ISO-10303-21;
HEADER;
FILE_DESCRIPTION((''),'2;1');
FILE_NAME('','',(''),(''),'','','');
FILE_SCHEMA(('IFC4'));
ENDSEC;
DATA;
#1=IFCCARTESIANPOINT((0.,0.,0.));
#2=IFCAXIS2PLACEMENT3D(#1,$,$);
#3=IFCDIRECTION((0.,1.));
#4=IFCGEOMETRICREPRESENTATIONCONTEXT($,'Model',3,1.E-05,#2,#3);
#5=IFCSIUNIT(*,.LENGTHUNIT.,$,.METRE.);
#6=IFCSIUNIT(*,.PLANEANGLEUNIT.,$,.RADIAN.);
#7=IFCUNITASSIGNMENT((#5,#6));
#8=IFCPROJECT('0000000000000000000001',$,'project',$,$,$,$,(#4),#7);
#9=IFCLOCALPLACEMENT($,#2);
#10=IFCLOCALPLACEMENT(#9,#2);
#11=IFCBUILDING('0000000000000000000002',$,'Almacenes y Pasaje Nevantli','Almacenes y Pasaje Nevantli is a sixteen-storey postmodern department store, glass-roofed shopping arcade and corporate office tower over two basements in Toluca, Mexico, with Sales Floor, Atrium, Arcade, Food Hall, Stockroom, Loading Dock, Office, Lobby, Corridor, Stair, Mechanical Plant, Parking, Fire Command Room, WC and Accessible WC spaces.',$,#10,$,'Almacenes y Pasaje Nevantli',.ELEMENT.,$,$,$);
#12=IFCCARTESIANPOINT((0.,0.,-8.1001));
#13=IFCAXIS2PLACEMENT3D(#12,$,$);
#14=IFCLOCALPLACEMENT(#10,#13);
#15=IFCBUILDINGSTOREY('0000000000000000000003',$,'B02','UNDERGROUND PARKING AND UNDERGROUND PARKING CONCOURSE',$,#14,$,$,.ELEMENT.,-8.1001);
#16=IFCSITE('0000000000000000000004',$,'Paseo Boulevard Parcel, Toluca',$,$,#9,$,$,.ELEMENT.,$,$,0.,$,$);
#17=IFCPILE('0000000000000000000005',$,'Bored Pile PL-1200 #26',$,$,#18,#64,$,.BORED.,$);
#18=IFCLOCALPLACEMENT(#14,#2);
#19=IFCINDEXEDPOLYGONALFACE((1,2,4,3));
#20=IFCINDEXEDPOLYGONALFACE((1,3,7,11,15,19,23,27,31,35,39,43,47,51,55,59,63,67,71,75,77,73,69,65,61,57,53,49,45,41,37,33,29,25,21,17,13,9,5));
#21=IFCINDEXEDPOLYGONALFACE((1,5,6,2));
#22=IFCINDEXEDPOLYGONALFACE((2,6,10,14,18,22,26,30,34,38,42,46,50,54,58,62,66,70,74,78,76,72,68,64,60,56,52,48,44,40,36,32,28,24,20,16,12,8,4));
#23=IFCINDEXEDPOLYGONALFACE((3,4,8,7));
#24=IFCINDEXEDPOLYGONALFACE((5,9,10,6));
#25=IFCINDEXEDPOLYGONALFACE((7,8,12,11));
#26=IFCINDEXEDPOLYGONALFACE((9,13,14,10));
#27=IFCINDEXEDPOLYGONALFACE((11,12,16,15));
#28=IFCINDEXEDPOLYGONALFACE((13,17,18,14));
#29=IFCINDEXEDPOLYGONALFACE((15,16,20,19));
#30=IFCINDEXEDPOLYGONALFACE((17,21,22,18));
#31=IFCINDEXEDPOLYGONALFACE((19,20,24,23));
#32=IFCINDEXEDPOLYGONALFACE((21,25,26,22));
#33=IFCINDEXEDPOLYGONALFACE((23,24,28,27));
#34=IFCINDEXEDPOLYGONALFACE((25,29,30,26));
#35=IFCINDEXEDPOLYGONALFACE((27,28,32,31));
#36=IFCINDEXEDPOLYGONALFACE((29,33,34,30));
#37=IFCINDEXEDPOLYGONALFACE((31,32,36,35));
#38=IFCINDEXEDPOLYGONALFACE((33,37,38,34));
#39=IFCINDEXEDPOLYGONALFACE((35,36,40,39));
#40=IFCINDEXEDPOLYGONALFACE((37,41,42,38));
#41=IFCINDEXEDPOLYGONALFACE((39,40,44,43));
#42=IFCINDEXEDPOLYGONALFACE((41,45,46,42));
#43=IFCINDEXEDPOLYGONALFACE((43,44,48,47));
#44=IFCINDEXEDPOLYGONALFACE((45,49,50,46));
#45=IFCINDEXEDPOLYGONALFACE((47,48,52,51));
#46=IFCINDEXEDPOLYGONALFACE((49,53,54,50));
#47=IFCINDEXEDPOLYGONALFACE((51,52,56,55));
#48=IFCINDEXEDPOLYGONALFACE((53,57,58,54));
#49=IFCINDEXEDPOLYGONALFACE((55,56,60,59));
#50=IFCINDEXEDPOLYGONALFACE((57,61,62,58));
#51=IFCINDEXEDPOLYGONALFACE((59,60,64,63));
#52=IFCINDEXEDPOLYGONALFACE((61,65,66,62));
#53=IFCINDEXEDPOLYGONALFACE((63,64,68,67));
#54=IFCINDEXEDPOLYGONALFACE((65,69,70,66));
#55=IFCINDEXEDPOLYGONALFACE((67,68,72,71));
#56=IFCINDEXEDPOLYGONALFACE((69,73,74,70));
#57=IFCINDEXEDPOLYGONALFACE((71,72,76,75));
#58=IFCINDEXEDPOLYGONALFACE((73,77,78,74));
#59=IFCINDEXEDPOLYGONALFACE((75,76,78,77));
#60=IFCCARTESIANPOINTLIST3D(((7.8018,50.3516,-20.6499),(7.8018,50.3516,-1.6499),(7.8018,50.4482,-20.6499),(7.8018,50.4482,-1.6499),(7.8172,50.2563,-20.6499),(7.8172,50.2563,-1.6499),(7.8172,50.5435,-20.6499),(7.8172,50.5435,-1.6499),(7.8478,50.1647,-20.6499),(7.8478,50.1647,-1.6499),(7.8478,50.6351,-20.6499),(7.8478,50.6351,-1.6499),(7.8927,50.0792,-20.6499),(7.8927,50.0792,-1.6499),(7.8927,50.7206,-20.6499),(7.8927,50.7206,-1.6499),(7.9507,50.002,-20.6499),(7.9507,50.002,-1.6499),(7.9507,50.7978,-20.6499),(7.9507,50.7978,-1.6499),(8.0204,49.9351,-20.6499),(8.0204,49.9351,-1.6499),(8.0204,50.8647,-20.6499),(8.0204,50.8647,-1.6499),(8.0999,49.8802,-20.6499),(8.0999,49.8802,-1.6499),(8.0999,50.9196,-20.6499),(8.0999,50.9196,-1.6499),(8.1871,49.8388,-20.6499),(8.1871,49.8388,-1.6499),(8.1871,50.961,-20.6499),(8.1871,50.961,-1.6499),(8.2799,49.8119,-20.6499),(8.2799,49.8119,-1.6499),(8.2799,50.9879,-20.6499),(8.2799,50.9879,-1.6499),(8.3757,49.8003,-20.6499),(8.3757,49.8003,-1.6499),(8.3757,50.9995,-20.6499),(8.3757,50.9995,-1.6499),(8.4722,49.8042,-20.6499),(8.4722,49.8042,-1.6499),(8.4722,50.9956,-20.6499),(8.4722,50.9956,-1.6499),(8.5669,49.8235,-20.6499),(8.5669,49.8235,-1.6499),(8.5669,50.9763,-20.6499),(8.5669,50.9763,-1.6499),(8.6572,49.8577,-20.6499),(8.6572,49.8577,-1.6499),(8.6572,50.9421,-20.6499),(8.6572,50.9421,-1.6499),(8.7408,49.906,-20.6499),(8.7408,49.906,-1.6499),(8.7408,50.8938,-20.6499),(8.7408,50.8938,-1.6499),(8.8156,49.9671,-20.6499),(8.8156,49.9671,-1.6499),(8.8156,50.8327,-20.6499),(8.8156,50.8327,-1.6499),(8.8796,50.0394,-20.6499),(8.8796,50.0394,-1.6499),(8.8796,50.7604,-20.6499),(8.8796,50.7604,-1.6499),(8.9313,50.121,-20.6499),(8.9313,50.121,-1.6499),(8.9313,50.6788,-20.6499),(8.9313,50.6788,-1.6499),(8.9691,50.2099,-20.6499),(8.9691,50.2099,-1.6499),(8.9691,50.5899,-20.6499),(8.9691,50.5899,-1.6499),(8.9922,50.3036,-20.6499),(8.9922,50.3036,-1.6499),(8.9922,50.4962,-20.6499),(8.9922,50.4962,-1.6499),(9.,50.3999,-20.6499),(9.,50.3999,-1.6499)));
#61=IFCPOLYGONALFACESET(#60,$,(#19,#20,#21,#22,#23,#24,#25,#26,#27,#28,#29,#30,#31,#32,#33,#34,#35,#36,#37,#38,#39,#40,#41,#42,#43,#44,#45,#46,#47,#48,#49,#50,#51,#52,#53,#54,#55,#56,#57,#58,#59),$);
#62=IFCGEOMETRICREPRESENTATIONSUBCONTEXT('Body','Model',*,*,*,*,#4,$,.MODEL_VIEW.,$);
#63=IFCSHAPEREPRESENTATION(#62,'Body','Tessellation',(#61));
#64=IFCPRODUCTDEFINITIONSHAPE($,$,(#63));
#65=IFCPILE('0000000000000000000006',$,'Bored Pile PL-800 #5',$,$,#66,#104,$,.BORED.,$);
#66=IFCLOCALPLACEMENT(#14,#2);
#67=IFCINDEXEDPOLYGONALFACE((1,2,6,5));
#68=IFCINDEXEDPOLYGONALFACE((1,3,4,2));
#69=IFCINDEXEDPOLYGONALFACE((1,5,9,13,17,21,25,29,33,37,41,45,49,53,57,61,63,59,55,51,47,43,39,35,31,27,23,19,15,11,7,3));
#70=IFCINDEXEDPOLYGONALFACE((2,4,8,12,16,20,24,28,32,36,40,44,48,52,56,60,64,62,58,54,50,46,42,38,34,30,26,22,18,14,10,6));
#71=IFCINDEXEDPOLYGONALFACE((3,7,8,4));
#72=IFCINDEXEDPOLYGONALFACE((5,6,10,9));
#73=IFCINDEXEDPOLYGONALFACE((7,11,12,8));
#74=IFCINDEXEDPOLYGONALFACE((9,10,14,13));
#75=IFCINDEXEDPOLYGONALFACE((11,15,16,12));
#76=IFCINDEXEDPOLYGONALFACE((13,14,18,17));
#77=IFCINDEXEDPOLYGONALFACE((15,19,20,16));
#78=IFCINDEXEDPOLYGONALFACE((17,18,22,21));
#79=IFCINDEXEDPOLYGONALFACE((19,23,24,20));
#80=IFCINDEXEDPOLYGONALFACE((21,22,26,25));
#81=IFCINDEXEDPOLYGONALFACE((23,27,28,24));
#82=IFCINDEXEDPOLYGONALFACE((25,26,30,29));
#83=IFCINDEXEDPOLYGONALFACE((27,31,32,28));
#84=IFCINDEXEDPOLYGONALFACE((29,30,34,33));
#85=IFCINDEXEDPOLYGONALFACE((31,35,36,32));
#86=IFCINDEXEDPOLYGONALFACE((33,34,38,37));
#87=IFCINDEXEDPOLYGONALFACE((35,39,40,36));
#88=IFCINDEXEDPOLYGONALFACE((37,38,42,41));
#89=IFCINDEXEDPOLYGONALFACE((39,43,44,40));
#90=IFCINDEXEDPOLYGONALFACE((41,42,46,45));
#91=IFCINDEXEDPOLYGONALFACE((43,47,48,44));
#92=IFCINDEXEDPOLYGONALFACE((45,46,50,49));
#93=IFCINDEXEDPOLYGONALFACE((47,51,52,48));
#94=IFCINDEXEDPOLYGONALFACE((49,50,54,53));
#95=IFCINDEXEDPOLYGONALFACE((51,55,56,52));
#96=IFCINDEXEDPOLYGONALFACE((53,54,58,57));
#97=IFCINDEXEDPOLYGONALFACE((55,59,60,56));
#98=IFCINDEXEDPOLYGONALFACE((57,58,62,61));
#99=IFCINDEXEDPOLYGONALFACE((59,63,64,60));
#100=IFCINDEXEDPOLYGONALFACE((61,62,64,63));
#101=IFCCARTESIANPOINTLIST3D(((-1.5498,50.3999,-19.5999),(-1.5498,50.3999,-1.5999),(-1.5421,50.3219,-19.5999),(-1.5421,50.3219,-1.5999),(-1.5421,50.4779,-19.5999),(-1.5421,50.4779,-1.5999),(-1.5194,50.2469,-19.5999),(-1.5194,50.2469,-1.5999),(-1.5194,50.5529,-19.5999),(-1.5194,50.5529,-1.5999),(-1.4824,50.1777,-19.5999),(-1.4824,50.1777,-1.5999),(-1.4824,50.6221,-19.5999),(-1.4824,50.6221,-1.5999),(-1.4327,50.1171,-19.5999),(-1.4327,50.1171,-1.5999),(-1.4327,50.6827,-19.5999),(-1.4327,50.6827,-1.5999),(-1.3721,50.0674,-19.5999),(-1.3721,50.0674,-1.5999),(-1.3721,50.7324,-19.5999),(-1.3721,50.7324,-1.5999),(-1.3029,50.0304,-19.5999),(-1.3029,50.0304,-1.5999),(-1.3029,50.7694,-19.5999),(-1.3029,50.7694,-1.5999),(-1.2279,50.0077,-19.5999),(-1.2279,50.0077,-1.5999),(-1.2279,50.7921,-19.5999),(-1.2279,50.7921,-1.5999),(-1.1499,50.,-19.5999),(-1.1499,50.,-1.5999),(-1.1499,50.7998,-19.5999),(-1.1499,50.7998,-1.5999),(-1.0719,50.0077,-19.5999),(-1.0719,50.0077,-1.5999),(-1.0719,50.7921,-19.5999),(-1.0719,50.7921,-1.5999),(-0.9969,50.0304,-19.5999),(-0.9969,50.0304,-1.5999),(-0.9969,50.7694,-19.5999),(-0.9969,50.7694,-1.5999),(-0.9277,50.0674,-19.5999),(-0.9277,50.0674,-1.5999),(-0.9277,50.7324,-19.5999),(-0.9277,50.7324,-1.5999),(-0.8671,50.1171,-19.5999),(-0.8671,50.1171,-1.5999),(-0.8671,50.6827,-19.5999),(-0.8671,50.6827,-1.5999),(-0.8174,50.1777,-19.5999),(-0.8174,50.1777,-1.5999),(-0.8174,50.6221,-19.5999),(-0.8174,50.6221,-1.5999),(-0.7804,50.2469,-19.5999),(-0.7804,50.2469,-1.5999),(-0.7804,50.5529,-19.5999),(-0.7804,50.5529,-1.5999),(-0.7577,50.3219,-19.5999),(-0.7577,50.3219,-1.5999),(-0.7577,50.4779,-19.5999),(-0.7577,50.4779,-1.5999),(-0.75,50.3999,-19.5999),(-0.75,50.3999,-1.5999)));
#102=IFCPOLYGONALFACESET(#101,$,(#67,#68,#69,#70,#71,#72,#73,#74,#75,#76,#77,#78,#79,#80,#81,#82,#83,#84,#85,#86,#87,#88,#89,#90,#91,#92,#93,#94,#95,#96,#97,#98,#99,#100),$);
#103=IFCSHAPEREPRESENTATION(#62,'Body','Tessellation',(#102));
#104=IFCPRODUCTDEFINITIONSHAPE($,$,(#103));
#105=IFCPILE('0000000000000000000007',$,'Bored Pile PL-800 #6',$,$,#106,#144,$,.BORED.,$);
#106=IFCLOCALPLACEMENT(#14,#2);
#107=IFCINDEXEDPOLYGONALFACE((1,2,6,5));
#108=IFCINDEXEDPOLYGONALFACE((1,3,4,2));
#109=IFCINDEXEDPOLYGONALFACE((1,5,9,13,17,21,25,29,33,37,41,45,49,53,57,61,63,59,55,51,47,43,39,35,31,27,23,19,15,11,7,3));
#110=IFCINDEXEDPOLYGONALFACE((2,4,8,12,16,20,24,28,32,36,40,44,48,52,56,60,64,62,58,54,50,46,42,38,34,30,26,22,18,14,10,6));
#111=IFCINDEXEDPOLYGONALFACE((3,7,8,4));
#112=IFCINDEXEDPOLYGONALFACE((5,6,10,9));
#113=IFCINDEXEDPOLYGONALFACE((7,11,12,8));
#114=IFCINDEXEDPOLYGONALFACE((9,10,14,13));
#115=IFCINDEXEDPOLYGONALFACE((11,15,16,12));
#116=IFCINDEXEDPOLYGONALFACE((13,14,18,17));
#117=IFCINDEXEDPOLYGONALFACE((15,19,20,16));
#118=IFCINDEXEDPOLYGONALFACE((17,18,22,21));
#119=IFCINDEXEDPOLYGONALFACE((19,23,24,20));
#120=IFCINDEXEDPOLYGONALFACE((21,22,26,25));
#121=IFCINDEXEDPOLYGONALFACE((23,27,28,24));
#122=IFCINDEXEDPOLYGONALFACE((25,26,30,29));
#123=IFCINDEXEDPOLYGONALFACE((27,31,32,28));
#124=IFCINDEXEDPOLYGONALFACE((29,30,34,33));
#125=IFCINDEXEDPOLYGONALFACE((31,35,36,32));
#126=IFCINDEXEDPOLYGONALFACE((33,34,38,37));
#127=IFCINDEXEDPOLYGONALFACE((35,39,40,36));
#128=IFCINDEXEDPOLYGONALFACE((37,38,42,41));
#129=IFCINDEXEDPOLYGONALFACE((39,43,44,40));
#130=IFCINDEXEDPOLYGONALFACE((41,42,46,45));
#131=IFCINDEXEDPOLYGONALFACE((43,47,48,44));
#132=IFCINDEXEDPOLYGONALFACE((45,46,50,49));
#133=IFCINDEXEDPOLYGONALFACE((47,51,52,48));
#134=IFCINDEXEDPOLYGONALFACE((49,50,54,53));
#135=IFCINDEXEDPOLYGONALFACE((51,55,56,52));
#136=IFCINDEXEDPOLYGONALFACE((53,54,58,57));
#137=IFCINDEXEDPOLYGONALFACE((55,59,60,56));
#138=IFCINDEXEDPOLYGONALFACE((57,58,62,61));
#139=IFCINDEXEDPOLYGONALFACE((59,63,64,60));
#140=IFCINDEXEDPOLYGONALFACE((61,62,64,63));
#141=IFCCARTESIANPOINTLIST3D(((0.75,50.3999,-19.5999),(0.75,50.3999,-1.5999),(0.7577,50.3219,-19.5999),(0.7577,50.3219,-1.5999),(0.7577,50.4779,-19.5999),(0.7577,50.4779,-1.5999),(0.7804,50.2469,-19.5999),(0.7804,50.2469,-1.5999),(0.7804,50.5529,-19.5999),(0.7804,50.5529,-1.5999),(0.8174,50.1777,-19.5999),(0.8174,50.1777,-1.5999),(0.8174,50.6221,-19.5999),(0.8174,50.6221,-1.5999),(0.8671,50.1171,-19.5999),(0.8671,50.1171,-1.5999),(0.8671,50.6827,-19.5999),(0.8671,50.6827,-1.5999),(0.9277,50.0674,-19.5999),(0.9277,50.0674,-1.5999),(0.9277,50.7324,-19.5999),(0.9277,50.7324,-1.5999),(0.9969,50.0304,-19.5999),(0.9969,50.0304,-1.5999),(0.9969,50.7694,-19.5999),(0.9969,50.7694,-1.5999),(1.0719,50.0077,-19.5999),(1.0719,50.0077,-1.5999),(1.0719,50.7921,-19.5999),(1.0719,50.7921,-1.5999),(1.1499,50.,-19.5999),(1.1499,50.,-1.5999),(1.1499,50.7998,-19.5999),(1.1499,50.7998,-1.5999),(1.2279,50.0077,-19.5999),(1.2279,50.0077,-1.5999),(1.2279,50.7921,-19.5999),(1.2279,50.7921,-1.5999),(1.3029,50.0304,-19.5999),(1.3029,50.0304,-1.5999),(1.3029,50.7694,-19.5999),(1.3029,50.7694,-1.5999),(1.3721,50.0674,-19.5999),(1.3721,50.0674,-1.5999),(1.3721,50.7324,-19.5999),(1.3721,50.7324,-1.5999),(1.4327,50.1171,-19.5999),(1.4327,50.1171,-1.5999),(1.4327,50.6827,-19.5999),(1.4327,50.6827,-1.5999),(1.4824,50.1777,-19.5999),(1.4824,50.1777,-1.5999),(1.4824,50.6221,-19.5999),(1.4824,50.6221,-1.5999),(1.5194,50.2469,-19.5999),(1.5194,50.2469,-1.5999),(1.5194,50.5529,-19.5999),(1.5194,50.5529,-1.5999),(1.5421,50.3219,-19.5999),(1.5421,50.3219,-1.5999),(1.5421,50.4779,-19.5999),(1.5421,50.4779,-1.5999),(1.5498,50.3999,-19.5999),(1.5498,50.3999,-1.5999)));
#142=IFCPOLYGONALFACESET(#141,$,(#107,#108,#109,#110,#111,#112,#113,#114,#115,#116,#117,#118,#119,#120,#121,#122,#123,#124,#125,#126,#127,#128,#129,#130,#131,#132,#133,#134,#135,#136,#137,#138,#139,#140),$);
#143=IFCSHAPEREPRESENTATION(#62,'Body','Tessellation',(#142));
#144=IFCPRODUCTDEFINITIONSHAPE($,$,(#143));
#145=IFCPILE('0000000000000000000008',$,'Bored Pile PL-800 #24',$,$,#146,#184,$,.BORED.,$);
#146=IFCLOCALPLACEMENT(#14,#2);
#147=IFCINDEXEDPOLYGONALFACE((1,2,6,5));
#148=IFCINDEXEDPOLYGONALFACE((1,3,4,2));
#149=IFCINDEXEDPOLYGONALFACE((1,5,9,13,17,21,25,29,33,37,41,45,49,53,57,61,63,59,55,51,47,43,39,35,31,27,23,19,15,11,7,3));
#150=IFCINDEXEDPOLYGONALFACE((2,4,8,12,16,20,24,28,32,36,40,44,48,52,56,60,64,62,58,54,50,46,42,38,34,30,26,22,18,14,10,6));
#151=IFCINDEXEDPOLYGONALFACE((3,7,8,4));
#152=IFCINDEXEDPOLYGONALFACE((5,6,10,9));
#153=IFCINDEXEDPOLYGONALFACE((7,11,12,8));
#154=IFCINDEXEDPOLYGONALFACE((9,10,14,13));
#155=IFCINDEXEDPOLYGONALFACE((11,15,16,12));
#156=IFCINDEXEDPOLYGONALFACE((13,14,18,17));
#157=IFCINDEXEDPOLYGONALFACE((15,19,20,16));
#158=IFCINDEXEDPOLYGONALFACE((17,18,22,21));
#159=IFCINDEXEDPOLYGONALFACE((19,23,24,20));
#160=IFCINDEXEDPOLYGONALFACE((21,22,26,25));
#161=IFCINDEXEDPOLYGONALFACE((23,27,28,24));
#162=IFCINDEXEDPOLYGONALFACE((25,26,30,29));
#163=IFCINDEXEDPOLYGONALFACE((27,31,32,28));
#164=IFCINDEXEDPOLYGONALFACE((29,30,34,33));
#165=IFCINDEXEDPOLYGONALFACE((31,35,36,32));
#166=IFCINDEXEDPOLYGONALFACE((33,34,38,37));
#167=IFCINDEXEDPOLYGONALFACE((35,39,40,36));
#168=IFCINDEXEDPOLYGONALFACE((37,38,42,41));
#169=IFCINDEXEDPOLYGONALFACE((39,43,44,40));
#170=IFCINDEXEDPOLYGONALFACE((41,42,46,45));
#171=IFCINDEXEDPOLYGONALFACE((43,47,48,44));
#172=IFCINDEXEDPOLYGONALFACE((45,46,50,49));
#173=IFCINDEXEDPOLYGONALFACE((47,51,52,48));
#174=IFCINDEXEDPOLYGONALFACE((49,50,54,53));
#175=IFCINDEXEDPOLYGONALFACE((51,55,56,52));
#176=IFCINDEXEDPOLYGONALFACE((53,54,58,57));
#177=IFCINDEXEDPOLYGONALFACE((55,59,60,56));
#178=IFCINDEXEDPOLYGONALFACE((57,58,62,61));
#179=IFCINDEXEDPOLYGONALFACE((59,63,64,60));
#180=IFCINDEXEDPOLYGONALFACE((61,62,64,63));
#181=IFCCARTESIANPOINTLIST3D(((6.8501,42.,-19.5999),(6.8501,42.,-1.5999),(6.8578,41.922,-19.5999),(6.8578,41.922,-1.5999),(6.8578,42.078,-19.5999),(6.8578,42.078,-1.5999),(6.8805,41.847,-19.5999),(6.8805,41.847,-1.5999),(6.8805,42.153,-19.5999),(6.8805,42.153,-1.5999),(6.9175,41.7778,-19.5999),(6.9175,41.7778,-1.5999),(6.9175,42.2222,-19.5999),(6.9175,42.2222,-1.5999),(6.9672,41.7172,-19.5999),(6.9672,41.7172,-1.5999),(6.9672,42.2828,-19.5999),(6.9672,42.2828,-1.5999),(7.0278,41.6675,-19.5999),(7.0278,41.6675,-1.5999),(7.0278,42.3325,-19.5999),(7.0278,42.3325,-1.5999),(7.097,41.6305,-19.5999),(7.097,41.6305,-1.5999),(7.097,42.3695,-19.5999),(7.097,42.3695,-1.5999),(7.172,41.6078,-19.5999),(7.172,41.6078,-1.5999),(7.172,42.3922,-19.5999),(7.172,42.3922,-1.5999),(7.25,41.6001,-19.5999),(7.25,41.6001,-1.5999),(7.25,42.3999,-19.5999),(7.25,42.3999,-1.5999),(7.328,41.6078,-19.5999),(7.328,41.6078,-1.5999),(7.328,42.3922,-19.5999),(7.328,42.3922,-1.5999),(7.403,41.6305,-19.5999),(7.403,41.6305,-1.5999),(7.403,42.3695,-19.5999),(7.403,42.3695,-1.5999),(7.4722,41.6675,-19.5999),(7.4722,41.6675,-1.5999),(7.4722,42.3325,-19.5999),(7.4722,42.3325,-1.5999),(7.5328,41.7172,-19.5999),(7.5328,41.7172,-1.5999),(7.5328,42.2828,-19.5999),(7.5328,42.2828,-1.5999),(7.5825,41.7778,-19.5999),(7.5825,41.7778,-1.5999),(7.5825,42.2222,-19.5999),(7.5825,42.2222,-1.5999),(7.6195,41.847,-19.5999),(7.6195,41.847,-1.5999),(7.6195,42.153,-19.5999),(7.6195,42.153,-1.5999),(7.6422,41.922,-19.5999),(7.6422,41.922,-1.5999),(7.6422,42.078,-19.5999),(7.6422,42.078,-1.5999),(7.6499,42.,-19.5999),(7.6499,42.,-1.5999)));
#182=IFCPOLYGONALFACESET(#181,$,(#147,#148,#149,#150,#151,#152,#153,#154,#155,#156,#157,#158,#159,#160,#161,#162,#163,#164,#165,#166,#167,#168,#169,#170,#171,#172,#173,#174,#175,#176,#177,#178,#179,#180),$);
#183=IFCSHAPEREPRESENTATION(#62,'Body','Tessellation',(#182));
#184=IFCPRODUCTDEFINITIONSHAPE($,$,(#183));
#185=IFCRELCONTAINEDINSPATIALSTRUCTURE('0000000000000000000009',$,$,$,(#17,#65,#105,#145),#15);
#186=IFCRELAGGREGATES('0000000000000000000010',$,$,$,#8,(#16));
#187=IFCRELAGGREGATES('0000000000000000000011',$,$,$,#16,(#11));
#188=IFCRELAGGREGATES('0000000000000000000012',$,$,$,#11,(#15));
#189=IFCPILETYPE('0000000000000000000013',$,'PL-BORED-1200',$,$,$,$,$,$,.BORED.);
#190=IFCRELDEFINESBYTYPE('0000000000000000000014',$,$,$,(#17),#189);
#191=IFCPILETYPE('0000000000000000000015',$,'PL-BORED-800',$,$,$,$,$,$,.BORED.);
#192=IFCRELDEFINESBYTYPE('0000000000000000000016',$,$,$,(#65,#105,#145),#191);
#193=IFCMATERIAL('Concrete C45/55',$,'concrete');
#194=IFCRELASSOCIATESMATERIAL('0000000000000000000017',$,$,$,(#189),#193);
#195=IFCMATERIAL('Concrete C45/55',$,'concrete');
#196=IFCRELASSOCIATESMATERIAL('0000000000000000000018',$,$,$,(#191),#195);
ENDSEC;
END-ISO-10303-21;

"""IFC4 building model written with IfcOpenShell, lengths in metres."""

from ifc_helpers import new_model, si_unit, direction, frame, origin, origin_2d, place, context, subcontext, project, spatial, circle, extrude, material, material_profile, profile_set, type_object, element, save


model = new_model("IFC4")

# Units and contexts
model_context = context("Model", 3, precision=1e-05, world=origin(), true_north=direction((0.0, 1.0)))
body_context = subcontext(model_context, "Body", "Model", "MODEL_VIEW")
ifc_project = project(units=[si_unit("LENGTHUNIT", "METRE"), si_unit("PLANEANGLEUNIT", "RADIAN")], contexts=[model_context])

# Site, building, storey
site_placement = place(None, origin())
site = spatial("IfcSite", under=ifc_project, at=site_placement, Name="Paseo Boulevard Parcel, Toluca", CompositionType="ELEMENT", RefElevation=0.0)
building_placement = place(site_placement, origin())
building = spatial("IfcBuilding", under=site, at=building_placement, Name="Almacenes y Pasaje Nevantli", Description="Almacenes y Pasaje Nevantli is a sixteen-storey postmodern department store, glass-roofed shopping arcade and corporate office tower over two basements in Toluca, Mexico, with Sales Floor, Atrium, Arcade, Food Hall, Stockroom, Loading Dock, Office, Lobby, Corridor, Stair, Mechanical Plant, Parking, Fire Command Room, WC and Accessible WC spaces.", LongName="Almacenes y Pasaje Nevantli", CompositionType="ELEMENT")
storey_placement = place(building_placement, frame((0.0, 0.0, -8.1001)))
storey = spatial("IfcBuildingStorey", under=building, at=storey_placement, Name="B02", Description="UNDERGROUND PARKING AND UNDERGROUND PARKING CONCOURSE", CompositionType="ELEMENT", Elevation=-8.1001)

# Piles
ifc_material_1 = material(Name="Concrete C45/55", Category="concrete")
ifc_material_profile_1 = material_profile(ifc_material_1, circle(Radius=0.6001, at=origin_2d()), Name="RC-PILE-D1200")
ifc_profile_set_1 = profile_set([ifc_material_profile_1], Name="Concrete C45/55")
pile_type_1 = type_object("IfcPileType", Name="PL-BORED-1200", PredefinedType="BORED", material=ifc_profile_set_1)
for number, where, z_axis, x_axis, name in (
    (1, (8.3999, 50.3999, -1.6499), (0.0, 0.0, -1.0), (1.0, 0.0, 0.0), "Bored Pile PL-1200 #26"),
):
    element("IfcPile", number, at=place(storey_placement, frame(where, z_axis=z_axis, x_axis=x_axis)), inside=storey, type_object=pile_type_1, Name=name, PredefinedType="BORED", context=body_context, shape_type="SweptSolid", body=[
        extrude(circle(Radius=0.6001, at=origin_2d()), origin(), (0.0, 0.0, 1.0), 19.0),
    ])
ifc_material_2 = material(Name="Concrete C45/55", Category="concrete")
ifc_material_profile_2 = material_profile(ifc_material_2, circle(Radius=0.3999, at=origin_2d()), Name="RC-PILE-D800")
ifc_profile_set_2 = profile_set([ifc_material_profile_2], Name="Concrete C45/55")
pile_type_2 = type_object("IfcPileType", Name="PL-BORED-800", PredefinedType="BORED", material=ifc_profile_set_2)
for number, where, z_axis, x_axis, name in (
    (2, (-1.1499, 50.3999, -1.5999), (0.0, 0.0, -1.0), (1.0, 0.0, 0.0), "Bored Pile PL-800 #5"),
    (3, (1.1499, 50.3999, -1.5999), (0.0, 0.0, -1.0), (1.0, 0.0, 0.0), "Bored Pile PL-800 #6"),
    (4, (7.25, 42.0, -1.5999), (0.0, 0.0, -1.0), (1.0, 0.0, 0.0), "Bored Pile PL-800 #24"),
):
    element("IfcPile", number, at=place(storey_placement, frame(where, z_axis=z_axis, x_axis=x_axis)), inside=storey, type_object=pile_type_2, Name=name, PredefinedType="BORED", context=body_context, shape_type="SweptSolid", body=[
        extrude(circle(Radius=0.3999, at=origin_2d()), origin(), (0.0, 0.0, 1.0), 18.0),
    ])

save(model, "model.ifc")
